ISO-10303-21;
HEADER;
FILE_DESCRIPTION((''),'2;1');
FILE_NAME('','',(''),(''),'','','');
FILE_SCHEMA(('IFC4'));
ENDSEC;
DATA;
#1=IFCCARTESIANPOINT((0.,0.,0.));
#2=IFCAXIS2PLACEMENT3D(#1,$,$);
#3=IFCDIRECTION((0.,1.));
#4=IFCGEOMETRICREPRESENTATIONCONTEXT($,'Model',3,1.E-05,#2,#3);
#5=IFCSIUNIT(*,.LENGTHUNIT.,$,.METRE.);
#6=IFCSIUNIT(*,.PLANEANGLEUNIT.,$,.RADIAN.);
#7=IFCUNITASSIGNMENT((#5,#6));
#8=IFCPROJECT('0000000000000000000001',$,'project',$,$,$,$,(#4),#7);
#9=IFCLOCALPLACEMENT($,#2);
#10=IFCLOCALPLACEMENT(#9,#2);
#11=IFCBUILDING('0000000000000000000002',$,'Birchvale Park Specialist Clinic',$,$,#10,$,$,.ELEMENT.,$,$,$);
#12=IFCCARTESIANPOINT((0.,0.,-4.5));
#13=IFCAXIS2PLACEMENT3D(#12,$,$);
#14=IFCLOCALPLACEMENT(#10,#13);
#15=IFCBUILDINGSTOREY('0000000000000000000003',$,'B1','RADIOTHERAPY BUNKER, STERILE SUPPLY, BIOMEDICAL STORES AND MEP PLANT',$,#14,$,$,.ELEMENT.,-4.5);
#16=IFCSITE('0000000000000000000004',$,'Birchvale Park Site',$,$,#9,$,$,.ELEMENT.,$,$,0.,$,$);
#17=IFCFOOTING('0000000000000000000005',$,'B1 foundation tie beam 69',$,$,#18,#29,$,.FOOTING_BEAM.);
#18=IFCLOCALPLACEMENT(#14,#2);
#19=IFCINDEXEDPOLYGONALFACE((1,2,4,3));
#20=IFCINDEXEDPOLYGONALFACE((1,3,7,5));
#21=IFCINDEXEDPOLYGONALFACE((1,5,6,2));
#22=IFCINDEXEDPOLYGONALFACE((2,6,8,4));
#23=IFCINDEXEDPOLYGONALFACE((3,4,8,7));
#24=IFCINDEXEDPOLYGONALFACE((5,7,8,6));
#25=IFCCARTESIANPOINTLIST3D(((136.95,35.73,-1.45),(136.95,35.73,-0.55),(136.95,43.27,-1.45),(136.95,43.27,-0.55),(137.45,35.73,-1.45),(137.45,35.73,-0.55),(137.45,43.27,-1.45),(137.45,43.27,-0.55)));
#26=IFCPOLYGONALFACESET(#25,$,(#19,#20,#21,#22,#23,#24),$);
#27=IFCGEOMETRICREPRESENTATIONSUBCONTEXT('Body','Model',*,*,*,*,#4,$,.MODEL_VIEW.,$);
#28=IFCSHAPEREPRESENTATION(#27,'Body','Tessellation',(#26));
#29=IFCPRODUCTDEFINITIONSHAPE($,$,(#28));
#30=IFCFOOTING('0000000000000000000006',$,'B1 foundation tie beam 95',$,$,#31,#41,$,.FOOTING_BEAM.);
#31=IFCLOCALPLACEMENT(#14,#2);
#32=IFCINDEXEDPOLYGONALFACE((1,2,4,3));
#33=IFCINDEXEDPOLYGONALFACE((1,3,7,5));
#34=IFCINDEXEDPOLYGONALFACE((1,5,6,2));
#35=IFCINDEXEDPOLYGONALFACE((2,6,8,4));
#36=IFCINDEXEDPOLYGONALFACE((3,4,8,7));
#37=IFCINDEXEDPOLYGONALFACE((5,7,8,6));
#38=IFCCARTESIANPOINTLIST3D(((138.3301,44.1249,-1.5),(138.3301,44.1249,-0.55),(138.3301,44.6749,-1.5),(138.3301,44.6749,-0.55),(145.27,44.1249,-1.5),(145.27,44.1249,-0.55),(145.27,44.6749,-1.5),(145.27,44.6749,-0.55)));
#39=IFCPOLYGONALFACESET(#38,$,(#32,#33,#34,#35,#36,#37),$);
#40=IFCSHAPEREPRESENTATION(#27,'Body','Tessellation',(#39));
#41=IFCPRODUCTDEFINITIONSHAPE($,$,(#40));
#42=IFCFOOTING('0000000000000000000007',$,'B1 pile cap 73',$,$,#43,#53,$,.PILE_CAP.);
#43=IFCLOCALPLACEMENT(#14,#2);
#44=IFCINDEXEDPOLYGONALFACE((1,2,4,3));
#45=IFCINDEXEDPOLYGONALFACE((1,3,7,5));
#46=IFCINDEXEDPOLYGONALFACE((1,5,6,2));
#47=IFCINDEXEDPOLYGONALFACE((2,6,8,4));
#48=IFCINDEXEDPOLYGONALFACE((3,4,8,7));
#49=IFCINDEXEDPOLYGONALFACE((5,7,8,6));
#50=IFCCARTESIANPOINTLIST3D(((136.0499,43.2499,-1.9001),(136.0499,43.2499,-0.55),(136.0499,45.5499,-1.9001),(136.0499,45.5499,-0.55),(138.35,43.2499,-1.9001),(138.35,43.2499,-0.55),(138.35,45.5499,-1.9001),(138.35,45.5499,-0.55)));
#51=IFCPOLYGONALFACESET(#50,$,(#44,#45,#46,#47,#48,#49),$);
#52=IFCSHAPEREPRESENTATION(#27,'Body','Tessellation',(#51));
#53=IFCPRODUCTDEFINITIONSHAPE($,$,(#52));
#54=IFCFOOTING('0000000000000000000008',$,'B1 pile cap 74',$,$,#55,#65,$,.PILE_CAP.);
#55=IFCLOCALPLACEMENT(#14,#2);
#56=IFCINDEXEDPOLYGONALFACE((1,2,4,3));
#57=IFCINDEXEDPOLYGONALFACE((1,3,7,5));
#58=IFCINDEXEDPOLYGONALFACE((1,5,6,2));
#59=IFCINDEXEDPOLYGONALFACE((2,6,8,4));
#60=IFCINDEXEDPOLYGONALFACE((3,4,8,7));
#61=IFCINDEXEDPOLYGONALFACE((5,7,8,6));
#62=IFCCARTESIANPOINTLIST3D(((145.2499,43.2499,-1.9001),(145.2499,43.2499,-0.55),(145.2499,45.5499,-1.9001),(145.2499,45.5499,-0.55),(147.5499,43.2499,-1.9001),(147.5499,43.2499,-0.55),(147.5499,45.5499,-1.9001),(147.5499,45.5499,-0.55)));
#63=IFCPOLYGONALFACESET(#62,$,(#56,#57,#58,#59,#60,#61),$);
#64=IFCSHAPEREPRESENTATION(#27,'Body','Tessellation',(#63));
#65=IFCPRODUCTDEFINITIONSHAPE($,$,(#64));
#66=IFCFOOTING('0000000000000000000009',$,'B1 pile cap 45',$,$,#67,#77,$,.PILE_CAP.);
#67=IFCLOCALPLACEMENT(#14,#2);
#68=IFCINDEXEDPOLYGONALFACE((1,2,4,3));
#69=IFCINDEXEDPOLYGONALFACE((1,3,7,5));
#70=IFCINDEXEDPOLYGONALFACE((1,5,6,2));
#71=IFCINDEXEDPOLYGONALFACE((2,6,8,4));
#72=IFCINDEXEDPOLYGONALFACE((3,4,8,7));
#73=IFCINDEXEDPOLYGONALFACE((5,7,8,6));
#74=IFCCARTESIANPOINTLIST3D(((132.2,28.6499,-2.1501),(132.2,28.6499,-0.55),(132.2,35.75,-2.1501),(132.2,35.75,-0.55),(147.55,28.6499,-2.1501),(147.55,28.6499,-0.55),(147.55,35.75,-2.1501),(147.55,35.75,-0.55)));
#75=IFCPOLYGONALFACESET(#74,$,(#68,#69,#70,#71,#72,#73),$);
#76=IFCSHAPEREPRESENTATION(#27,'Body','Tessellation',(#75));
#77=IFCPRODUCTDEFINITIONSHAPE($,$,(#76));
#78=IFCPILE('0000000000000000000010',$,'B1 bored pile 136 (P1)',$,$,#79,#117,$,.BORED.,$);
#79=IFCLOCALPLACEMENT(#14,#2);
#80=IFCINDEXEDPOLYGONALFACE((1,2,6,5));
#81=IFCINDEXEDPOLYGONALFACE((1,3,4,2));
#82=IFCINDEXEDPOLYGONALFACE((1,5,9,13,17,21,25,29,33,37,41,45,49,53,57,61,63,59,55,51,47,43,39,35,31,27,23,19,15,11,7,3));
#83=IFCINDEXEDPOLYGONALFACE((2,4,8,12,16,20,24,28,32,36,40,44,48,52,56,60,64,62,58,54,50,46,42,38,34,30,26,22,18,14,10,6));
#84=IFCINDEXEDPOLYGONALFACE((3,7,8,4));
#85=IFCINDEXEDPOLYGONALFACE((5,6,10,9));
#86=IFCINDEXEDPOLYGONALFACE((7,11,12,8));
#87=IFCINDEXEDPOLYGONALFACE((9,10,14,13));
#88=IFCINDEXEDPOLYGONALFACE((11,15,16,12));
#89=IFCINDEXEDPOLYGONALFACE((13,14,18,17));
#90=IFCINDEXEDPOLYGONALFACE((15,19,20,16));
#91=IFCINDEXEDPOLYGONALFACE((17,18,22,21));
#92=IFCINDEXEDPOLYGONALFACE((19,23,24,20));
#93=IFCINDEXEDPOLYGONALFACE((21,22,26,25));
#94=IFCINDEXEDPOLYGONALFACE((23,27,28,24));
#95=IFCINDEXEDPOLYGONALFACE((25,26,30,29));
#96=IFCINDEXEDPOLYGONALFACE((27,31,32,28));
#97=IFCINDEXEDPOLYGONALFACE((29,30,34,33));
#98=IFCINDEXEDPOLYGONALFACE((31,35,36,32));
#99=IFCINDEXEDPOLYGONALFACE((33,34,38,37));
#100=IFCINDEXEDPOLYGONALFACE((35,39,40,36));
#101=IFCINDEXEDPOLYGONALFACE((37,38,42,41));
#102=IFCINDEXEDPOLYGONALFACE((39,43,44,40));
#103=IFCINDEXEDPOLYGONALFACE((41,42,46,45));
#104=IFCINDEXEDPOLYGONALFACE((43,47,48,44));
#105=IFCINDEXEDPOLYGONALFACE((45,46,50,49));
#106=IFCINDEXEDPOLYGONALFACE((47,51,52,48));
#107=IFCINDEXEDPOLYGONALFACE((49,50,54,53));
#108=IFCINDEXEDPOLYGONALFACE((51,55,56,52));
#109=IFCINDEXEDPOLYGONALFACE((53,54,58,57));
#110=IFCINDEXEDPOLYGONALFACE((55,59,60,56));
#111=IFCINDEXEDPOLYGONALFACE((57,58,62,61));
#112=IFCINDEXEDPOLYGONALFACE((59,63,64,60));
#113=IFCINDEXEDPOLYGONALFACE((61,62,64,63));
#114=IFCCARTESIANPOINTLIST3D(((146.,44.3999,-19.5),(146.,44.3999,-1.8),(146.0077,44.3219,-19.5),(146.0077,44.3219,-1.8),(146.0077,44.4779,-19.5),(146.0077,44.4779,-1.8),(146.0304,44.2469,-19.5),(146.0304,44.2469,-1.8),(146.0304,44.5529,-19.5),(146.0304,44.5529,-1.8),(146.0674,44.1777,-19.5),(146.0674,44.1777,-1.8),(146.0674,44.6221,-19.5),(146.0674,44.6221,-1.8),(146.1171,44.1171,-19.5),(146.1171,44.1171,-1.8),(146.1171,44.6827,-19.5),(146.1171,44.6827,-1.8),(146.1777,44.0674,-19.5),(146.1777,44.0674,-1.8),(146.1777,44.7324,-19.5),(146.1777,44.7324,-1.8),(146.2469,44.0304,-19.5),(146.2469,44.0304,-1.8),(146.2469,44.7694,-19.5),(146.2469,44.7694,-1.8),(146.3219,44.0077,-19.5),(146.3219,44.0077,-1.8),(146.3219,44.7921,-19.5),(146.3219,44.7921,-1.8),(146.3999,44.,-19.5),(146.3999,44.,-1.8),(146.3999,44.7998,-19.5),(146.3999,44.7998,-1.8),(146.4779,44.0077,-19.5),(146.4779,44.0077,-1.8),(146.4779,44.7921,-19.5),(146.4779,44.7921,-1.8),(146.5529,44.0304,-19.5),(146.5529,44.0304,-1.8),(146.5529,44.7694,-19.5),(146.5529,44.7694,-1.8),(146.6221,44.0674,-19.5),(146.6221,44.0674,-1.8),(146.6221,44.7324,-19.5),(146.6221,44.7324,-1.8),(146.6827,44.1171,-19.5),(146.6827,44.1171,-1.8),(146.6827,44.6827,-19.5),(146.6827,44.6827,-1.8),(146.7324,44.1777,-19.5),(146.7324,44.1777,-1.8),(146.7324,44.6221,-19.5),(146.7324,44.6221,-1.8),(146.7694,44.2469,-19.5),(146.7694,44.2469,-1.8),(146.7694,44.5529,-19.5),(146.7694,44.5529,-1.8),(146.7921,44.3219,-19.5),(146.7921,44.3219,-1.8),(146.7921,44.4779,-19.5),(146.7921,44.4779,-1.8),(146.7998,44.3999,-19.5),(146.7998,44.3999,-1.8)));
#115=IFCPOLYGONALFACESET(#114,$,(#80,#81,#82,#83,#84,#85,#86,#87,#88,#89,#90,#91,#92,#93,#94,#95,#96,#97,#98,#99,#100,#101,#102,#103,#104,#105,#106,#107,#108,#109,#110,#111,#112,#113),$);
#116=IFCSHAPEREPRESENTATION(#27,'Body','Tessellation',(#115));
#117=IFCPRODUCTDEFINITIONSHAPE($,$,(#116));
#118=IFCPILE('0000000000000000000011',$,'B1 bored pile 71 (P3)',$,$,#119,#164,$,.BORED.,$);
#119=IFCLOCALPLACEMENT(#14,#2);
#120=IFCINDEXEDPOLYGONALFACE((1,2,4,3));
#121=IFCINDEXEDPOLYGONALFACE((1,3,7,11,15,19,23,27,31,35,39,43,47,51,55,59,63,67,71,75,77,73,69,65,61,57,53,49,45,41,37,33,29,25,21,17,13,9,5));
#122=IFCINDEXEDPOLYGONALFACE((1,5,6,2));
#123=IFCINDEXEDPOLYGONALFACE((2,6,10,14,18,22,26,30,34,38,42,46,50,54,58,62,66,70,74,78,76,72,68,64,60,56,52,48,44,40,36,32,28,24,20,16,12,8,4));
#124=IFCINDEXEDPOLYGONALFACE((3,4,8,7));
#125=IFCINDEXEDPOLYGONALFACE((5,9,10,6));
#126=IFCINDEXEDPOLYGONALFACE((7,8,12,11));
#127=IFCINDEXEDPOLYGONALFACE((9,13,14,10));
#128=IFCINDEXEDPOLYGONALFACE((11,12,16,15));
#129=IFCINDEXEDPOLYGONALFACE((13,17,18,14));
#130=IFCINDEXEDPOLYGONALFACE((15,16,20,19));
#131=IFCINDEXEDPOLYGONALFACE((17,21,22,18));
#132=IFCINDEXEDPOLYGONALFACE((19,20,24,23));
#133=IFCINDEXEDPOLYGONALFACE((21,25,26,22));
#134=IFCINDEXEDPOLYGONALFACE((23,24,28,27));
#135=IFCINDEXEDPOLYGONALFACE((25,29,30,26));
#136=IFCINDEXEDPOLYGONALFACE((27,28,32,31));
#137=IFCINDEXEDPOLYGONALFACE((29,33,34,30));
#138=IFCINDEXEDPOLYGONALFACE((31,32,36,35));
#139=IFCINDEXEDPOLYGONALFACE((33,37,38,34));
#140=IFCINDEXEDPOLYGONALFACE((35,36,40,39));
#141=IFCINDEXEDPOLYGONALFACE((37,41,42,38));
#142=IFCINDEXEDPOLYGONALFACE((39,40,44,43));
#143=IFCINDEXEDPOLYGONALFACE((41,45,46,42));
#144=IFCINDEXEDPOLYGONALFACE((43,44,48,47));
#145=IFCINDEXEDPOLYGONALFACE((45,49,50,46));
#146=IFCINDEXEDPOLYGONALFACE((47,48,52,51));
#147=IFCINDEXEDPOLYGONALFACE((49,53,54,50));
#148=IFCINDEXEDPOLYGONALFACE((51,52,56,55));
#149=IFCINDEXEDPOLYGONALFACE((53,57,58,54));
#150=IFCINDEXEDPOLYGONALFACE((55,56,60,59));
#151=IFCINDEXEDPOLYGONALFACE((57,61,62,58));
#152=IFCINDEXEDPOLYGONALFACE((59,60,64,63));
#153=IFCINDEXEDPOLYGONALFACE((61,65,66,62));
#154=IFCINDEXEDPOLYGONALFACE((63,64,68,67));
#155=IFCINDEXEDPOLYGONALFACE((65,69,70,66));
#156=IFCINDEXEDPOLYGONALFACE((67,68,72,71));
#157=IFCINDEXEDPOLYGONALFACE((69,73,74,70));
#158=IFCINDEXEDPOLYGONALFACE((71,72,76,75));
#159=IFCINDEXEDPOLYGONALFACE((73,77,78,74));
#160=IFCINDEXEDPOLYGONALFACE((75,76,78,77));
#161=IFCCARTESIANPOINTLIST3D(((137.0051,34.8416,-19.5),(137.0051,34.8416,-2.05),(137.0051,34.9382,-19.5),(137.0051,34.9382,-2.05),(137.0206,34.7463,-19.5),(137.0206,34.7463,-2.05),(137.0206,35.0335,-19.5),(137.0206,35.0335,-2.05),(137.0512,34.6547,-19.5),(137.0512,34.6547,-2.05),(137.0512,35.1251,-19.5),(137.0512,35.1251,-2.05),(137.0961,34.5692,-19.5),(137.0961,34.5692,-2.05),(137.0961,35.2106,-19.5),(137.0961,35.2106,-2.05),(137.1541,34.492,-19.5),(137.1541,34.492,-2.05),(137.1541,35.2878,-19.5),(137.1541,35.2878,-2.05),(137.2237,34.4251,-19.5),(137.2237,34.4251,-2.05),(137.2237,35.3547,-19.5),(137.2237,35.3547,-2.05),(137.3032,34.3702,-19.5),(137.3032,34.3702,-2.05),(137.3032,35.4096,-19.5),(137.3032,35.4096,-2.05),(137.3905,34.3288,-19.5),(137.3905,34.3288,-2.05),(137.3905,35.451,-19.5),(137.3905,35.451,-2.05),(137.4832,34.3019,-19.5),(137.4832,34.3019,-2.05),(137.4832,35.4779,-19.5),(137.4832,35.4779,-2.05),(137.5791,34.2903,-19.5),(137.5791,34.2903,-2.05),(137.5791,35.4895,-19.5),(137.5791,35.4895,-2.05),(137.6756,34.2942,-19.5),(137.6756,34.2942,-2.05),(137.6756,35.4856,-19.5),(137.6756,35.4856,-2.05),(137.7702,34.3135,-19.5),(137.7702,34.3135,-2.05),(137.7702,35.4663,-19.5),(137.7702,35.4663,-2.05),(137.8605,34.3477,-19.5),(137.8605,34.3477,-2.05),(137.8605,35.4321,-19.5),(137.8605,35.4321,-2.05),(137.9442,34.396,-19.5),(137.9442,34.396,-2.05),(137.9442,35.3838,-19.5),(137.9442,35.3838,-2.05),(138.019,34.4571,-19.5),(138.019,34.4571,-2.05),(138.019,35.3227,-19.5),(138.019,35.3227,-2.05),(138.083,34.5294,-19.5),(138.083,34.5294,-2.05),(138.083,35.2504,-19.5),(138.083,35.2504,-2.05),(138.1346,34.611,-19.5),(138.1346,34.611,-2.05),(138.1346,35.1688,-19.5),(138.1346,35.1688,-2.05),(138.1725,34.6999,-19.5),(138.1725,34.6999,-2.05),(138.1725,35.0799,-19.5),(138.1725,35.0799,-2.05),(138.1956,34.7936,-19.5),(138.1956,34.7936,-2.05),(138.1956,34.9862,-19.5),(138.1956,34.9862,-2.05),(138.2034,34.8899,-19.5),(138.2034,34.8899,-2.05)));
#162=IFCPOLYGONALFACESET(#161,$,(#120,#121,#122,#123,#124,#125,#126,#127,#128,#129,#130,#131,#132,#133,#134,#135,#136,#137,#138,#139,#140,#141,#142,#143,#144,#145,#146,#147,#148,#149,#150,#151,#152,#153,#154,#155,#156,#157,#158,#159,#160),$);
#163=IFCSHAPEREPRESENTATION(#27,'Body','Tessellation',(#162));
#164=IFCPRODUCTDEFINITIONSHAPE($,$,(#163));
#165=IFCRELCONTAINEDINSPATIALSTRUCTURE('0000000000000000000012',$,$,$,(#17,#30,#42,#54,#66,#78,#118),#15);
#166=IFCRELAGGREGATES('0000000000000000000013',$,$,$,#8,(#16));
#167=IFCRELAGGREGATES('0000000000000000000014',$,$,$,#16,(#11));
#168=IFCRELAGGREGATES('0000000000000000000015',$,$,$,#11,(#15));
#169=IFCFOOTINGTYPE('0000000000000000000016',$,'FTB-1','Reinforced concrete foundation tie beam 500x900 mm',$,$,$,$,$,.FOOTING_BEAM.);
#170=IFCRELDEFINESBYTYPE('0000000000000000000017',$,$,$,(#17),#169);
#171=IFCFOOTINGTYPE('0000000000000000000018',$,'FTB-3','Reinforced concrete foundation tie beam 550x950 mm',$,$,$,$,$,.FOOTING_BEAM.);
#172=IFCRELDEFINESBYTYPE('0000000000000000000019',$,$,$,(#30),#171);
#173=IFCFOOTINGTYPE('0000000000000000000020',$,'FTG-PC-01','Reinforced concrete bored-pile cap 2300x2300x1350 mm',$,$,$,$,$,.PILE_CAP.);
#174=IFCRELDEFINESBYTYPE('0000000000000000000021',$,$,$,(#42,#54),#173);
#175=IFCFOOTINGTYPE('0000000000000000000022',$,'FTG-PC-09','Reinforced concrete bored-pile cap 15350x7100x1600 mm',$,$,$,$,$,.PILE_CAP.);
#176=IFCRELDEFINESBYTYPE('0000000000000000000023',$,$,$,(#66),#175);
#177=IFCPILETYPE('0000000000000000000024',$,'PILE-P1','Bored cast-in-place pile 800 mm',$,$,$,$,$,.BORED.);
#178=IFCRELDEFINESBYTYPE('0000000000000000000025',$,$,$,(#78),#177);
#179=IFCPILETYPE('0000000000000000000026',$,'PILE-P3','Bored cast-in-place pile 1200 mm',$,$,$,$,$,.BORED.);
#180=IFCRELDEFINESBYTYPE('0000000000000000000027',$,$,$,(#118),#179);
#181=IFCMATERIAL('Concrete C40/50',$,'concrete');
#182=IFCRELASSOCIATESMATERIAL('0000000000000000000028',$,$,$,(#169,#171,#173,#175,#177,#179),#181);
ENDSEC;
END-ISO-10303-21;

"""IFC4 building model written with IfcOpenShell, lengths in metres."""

from ifc_helpers import new_model, si_unit, direction, frame, origin, origin_2d, place, context, subcontext, project, spatial, rectangle, circle, extrude, material, material_profile, profile_set, type_object, element, save


model = new_model("IFC4")

# Units and contexts
model_context = context("Model", 3, precision=1e-05, world=origin(), true_north=direction((0.0, 1.0)))
body_context = subcontext(model_context, "Body", "Model", "MODEL_VIEW")
ifc_project = project(units=[si_unit("LENGTHUNIT", "METRE"), si_unit("PLANEANGLEUNIT", "RADIAN")], contexts=[model_context])

# Site, building, storey
site_placement = place(None, origin())
site = spatial("IfcSite", under=ifc_project, at=site_placement, Name="Birchvale Park Site", CompositionType="ELEMENT", RefElevation=0.0)
building_placement = place(site_placement, origin())
building = spatial("IfcBuilding", under=site, at=building_placement, Name="Birchvale Park Specialist Clinic", CompositionType="ELEMENT")
storey_placement = place(building_placement, frame((0.0, 0.0, -4.5)))
storey = spatial("IfcBuildingStorey", under=building, at=storey_placement, Name="B1", Description="RADIOTHERAPY BUNKER, STERILE SUPPLY, BIOMEDICAL STORES AND MEP PLANT", CompositionType="ELEMENT", Elevation=-4.5)

# Footings
ifc_material_1 = material(Name="Concrete C40/50", Category="concrete")
footing_type_1 = type_object("IfcFootingType", Name="FTB-1", Description="Reinforced concrete foundation tie beam 500x900 mm", PredefinedType="FOOTING_BEAM", material=ifc_material_1)
footing_1_placement = place(storey_placement, frame((137.2, 39.5, -1.45), z_axis=(0.0, 0.0, 1.0), x_axis=(1.0, 0.0, 0.0)))
element("IfcFooting", 1, at=footing_1_placement, inside=storey, type_object=footing_type_1, Name="B1 foundation tie beam 69", PredefinedType="FOOTING_BEAM", context=body_context, shape_type="SweptSolid", body=[
    extrude(rectangle(XDim=0.5, YDim=7.54, at=origin_2d()), origin(), (0.0, 0.0, 1.0), 0.8999),
])
footing_type_2 = type_object("IfcFootingType", Name="FTB-3", Description="Reinforced concrete foundation tie beam 550x950 mm", PredefinedType="FOOTING_BEAM", material=ifc_material_1)
footing_2_placement = place(storey_placement, frame((141.8, 44.3999, -1.5), z_axis=(0.0, 0.0, 1.0), x_axis=(1.0, 0.0, 0.0)))
element("IfcFooting", 2, at=footing_2_placement, inside=storey, type_object=footing_type_2, Name="B1 foundation tie beam 95", PredefinedType="FOOTING_BEAM", context=body_context, shape_type="SweptSolid", body=[
    extrude(rectangle(XDim=6.9399, YDim=0.55, at=origin_2d()), origin(), (0.0, 0.0, 1.0), 0.95),
])
footing_type_3 = type_object("IfcFootingType", Name="FTG-PC-01", Description="Reinforced concrete bored-pile cap 2300x2300x1350 mm", PredefinedType="PILE_CAP", material=ifc_material_1)
for number, where, z_axis, x_axis, name in (
    (3, (137.2, 44.3999, -1.9001), (0.0, 0.0, 1.0), (1.0, 0.0, 0.0), "B1 pile cap 73"),
    (4, (146.3999, 44.3999, -1.9001), (0.0, 0.0, 1.0), (1.0, 0.0, 0.0), "B1 pile cap 74"),
):
    element("IfcFooting", number, at=place(storey_placement, frame(where, z_axis=z_axis, x_axis=x_axis)), inside=storey, type_object=footing_type_3, Name=name, PredefinedType="PILE_CAP", context=body_context, shape_type="SweptSolid", body=[
        extrude(rectangle(XDim=2.3, YDim=2.3, at=origin_2d()), origin(), (0.0, 0.0, 1.0), 1.3501),
    ])
footing_type_4 = type_object("IfcFootingType", Name="FTG-PC-09", Description="Reinforced concrete bored-pile cap 15350x7100x1600 mm", PredefinedType="PILE_CAP", material=ifc_material_1)
footing_3_placement = place(storey_placement, frame((139.875, 32.2, -2.1501), z_axis=(0.0, 0.0, 1.0), x_axis=(1.0, 0.0, 0.0)))
element("IfcFooting", 5, at=footing_3_placement, inside=storey, type_object=footing_type_4, Name="B1 pile cap 45", PredefinedType="PILE_CAP", context=body_context, shape_type="SweptSolid", body=[
    extrude(rectangle(XDim=15.3501, YDim=7.1001, at=origin_2d()), origin(), (0.0, 0.0, 1.0), 1.6001),
])

# Piles
ifc_material_profile_1 = material_profile(ifc_material_1, circle(Radius=0.3999, at=origin_2d()), Name="PILE-800")
ifc_profile_set_1 = profile_set([ifc_material_profile_1], Name="Concrete C40/50")
pile_type_1 = type_object("IfcPileType", Name="PILE-P1", Description="Bored cast-in-place pile 800 mm", PredefinedType="BORED", material=ifc_profile_set_1)
pile_1_placement = place(storey_placement, frame((146.3999, 44.3999, -1.8), z_axis=(0.0, 0.0, -1.0), x_axis=(1.0, 0.0, 0.0)))
element("IfcPile", 6, at=pile_1_placement, inside=storey, type_object=pile_type_1, Name="B1 bored pile 136 (P1)", PredefinedType="BORED", context=body_context, shape_type="SweptSolid", body=[
    extrude(circle(Radius=0.3999, at=origin_2d()), origin(), (0.0, 0.0, 1.0), 17.7),
])
ifc_material_profile_2 = material_profile(ifc_material_1, circle(Radius=0.6001, at=origin_2d()), Name="PILE-1200")
ifc_profile_set_2 = profile_set([ifc_material_profile_2], Name="Concrete C40/50")
pile_type_2 = type_object("IfcPileType", Name="PILE-P3", Description="Bored cast-in-place pile 1200 mm", PredefinedType="BORED", material=ifc_profile_set_2)
for number, where, z_axis, x_axis, name in (
    (7, (137.6033, 34.8899, -2.05), (0.0, 0.0, -1.0), (1.0, 0.0, 0.0), "B1 bored pile 71 (P3)"),
):
    element("IfcPile", number, at=place(storey_placement, frame(where, z_axis=z_axis, x_axis=x_axis)), inside=storey, type_object=pile_type_2, Name=name, PredefinedType="BORED", context=body_context, shape_type="SweptSolid", body=[
        extrude(circle(Radius=0.6001, at=origin_2d()), origin(), (0.0, 0.0, 1.0), 17.45),
    ])

save(model, "model.ifc")
